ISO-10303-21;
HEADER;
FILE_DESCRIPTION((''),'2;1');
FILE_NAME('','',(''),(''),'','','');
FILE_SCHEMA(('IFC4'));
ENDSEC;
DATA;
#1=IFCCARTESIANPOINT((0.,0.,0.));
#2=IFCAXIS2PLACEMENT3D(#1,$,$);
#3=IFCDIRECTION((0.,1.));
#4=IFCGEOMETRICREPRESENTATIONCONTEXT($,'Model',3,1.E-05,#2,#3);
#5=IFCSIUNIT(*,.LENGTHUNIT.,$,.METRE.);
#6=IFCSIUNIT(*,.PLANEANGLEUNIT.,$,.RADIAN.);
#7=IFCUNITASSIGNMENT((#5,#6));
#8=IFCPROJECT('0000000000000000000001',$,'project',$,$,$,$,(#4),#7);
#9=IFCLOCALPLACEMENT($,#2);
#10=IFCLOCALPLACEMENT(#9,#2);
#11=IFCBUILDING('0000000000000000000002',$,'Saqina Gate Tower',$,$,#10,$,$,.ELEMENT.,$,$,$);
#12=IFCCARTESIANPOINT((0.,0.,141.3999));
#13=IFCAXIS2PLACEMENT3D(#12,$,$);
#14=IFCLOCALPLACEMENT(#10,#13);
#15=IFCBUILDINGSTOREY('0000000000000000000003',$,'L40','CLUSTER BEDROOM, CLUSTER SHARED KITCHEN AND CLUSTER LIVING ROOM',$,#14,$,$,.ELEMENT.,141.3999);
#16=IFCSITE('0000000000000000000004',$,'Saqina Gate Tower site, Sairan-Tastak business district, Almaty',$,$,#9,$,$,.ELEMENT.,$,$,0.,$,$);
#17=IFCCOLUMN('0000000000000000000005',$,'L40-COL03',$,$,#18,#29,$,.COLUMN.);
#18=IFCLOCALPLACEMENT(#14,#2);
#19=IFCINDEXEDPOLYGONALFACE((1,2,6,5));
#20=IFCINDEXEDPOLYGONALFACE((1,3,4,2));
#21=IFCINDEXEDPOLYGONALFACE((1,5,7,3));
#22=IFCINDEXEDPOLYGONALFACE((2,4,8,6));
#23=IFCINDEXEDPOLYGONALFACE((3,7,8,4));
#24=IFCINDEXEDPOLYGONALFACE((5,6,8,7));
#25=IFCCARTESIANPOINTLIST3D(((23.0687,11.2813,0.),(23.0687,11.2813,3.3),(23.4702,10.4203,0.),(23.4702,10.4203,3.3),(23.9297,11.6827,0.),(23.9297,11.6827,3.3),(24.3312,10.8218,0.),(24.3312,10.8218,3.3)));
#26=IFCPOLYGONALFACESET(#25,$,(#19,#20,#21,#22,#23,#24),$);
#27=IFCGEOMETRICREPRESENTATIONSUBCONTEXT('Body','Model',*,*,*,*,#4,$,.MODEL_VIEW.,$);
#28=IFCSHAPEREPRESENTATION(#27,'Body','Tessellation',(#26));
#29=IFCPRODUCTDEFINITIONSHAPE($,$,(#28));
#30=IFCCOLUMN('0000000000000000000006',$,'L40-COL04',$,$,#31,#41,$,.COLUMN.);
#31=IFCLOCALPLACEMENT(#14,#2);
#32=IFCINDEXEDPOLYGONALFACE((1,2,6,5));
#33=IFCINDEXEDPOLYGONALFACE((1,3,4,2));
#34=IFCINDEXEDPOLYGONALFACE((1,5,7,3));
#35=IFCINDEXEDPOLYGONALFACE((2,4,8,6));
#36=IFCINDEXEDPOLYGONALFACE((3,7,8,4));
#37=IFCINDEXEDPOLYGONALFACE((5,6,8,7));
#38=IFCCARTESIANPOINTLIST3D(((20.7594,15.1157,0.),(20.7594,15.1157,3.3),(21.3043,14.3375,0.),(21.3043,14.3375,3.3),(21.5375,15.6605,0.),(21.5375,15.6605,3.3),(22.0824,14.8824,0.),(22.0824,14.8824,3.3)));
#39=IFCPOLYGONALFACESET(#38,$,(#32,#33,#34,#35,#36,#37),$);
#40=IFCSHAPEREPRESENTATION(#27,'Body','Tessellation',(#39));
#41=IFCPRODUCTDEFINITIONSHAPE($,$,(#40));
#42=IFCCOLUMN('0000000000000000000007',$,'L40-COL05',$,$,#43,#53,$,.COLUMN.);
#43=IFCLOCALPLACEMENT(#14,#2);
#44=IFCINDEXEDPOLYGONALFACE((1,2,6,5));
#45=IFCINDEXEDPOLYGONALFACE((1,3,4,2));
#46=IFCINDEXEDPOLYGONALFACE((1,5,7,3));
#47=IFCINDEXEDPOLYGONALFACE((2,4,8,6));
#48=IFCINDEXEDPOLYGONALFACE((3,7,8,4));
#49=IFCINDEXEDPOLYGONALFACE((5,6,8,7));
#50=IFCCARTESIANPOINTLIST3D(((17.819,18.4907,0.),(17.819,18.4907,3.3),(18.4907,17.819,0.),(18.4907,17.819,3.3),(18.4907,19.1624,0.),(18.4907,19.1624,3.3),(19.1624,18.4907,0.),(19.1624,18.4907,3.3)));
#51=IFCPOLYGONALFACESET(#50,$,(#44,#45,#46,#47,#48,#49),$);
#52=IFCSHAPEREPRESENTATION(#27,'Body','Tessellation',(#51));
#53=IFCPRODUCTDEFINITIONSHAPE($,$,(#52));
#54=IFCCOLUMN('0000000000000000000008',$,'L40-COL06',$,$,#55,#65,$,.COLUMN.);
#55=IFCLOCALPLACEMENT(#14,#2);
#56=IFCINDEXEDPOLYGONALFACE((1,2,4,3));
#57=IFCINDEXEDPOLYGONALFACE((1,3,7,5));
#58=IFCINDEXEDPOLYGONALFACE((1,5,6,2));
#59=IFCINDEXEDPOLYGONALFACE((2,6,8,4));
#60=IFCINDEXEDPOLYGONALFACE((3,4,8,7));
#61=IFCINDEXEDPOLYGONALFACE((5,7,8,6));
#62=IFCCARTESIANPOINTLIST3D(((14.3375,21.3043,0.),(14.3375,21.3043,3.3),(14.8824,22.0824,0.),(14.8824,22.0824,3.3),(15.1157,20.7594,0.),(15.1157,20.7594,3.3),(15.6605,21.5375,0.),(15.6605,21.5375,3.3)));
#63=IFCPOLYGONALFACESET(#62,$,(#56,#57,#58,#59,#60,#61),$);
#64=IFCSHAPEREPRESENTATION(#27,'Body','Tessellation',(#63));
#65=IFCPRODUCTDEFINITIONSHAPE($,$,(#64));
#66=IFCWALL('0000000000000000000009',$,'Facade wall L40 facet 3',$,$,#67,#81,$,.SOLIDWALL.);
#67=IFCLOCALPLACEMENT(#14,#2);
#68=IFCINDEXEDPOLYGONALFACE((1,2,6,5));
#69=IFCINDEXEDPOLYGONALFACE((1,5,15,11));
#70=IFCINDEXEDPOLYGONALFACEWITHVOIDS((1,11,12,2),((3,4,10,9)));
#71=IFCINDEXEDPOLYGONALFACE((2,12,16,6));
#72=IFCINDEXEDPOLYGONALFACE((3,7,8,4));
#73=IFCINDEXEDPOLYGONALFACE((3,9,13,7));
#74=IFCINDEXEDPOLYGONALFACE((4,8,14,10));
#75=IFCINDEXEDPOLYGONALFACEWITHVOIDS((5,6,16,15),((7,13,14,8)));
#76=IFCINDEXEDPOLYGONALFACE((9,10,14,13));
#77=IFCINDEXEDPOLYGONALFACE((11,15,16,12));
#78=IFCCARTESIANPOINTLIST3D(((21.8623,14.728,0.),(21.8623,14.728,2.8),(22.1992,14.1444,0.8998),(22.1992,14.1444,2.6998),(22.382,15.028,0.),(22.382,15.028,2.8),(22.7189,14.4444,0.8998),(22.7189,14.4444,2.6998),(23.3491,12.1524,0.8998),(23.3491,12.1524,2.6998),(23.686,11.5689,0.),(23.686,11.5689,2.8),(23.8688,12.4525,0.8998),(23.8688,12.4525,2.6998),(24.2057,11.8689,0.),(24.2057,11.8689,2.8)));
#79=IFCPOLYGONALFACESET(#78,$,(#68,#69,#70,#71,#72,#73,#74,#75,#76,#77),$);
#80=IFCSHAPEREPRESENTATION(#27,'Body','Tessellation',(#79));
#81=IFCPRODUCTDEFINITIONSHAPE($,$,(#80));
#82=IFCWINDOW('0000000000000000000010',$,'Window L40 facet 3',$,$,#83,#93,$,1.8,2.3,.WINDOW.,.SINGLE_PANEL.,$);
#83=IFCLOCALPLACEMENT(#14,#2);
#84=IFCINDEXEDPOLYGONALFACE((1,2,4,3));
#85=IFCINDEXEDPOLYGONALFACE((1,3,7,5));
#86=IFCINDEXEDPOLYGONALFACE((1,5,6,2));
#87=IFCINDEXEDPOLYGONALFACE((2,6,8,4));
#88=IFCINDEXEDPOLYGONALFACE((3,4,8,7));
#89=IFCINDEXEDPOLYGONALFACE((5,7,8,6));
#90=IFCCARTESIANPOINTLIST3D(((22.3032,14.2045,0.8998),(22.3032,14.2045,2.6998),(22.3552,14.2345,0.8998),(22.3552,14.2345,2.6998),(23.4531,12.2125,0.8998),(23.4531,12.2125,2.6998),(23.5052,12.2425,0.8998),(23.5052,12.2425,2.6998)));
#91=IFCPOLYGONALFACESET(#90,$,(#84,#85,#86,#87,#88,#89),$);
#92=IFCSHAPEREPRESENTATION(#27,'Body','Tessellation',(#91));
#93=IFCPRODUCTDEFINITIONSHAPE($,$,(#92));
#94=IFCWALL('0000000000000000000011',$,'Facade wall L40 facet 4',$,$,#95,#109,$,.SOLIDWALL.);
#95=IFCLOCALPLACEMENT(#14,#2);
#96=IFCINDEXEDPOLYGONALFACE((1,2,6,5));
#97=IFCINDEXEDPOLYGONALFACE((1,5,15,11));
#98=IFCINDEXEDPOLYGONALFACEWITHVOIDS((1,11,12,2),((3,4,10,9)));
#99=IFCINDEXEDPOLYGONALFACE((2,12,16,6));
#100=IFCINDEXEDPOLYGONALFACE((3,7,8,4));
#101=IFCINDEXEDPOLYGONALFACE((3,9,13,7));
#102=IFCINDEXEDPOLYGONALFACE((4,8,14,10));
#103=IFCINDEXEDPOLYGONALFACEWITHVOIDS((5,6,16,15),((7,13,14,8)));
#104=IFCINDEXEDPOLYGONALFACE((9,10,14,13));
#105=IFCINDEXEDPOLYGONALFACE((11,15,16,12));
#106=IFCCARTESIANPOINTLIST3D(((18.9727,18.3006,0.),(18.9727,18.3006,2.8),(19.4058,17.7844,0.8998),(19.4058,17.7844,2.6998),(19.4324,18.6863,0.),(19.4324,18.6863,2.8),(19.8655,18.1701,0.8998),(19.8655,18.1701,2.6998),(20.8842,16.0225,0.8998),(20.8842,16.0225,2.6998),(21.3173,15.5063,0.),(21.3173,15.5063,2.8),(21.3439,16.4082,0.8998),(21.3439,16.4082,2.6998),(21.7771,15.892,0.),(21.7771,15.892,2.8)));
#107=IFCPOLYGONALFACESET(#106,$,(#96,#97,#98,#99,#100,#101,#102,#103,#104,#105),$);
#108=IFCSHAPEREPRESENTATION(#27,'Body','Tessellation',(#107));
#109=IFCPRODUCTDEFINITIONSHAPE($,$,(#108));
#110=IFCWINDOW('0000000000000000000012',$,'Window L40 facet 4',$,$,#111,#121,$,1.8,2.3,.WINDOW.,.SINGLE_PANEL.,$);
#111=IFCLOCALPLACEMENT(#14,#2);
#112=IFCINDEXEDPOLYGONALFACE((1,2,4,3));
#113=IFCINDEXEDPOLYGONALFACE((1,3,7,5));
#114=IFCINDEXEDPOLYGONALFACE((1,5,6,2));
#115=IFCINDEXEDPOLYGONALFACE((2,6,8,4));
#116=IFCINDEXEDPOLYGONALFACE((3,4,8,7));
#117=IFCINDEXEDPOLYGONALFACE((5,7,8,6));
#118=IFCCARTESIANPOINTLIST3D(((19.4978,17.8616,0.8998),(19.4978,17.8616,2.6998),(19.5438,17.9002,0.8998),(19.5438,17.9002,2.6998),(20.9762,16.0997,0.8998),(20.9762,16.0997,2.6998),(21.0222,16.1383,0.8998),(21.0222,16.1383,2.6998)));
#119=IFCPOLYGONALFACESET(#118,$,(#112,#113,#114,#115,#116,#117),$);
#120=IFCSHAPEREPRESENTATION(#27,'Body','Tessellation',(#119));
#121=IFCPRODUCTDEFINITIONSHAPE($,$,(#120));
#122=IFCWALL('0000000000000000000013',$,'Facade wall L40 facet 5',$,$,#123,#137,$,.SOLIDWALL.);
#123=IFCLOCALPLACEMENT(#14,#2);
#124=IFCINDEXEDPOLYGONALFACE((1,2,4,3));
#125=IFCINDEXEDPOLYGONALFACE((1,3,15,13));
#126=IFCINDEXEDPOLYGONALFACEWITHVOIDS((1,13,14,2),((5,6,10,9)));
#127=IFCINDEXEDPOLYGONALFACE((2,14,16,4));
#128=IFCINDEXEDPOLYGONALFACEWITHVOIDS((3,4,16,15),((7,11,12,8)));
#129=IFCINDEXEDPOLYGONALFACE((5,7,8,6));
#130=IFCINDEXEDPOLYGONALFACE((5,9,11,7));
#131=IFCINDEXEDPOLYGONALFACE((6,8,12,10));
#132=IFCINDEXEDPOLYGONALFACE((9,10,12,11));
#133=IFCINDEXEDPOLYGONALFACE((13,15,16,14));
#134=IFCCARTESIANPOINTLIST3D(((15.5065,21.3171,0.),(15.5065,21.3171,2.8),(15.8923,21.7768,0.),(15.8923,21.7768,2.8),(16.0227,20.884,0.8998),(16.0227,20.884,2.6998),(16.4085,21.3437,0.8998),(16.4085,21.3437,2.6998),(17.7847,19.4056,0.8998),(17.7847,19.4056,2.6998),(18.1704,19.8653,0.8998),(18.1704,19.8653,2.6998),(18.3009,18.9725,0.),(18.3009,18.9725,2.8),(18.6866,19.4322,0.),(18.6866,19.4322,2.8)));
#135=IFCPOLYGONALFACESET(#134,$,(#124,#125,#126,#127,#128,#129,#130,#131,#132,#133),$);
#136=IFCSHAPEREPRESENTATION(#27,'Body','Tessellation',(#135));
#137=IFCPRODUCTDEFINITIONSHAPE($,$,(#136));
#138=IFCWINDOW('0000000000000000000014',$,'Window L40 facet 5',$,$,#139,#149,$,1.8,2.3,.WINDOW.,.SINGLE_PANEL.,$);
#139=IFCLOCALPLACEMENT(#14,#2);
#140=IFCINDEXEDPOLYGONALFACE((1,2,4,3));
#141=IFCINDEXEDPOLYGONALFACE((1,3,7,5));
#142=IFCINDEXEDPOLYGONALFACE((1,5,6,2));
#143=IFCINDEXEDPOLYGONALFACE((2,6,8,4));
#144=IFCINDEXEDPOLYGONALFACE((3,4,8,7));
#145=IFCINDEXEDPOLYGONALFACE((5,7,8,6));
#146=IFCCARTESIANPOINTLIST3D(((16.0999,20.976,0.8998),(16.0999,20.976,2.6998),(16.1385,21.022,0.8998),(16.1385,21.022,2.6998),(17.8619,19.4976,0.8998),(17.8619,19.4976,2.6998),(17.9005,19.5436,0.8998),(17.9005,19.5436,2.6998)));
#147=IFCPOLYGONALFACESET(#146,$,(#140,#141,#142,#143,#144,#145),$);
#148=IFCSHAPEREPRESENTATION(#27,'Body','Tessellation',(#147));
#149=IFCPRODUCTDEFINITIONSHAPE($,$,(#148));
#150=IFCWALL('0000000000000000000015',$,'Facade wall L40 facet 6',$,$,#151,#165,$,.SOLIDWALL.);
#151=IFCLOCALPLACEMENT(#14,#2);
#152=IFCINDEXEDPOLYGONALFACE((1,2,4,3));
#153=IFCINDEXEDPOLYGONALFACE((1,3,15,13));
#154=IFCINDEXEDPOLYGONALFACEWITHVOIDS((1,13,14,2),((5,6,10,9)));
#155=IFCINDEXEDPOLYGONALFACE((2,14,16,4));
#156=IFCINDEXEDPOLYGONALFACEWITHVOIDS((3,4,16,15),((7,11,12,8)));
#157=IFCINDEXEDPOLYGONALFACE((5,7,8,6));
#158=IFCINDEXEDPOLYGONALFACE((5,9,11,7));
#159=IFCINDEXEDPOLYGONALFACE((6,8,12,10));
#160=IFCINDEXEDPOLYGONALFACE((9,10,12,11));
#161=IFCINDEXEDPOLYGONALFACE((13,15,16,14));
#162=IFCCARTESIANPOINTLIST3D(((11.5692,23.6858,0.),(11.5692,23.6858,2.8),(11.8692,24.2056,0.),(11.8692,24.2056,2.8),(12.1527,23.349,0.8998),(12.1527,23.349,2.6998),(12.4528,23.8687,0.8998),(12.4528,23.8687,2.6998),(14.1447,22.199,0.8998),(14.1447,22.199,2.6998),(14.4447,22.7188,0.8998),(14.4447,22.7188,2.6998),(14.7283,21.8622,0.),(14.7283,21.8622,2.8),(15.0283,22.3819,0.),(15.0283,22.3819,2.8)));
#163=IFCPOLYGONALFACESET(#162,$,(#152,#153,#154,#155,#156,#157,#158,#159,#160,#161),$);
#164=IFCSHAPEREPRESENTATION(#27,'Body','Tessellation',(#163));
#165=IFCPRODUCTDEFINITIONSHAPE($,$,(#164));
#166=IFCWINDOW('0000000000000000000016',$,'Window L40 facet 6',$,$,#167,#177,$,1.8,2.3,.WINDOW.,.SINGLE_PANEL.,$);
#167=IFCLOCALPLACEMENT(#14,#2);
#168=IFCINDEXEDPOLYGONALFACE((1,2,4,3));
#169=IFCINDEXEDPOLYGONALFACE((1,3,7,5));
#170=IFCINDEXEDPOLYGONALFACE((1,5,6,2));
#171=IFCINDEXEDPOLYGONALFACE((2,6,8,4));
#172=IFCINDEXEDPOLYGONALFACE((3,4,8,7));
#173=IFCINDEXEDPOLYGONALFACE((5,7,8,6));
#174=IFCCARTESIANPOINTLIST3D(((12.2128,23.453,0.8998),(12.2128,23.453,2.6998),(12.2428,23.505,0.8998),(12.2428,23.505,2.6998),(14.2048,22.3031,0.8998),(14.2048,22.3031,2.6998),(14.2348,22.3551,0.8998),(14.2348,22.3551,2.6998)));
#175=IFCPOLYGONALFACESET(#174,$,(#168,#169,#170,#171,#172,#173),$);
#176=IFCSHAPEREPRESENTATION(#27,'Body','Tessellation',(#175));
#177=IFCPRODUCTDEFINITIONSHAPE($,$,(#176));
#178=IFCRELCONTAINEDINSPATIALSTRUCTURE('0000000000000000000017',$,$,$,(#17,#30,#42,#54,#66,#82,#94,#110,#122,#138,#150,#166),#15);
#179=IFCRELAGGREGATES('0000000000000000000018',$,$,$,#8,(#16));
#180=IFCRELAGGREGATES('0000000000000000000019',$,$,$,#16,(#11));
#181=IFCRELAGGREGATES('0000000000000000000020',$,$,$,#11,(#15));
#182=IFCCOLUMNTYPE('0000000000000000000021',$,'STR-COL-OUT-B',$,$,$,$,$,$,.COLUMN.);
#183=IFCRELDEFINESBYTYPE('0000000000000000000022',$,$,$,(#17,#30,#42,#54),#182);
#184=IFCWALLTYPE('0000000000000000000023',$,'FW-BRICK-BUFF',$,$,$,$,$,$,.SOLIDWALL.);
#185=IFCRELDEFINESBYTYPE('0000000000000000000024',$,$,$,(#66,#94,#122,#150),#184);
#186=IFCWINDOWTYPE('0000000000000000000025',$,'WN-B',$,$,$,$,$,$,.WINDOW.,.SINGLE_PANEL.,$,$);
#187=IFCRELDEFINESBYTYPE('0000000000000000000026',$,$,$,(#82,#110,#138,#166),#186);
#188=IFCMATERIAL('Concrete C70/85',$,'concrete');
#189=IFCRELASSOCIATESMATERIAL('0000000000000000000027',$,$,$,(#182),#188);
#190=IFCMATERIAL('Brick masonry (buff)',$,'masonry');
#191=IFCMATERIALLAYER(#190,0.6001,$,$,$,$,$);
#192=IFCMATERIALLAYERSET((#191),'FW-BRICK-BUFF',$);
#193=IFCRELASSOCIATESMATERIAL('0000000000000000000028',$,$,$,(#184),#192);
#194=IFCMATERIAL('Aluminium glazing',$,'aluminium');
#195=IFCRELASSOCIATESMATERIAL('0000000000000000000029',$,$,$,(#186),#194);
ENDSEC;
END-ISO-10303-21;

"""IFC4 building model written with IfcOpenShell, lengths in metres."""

from ifc_helpers import new_model, si_unit, direction, frame, frame_2d, origin, origin_2d, place, context, subcontext, project, spatial, rectangle, extrude, material, layer, layer_set, material_profile, profile_set, type_object, element, fill, save


model = new_model("IFC4")

# Units and contexts
model_context = context("Model", 3, precision=1e-05, world=origin(), true_north=direction((0.0, 1.0)))
body_context = subcontext(model_context, "Body", "Model", "MODEL_VIEW")
ifc_project = project(units=[si_unit("LENGTHUNIT", "METRE"), si_unit("PLANEANGLEUNIT", "RADIAN")], contexts=[model_context])

# Site, building, storey
site_placement = place(None, origin())
site = spatial("IfcSite", under=ifc_project, at=site_placement, Name="Saqina Gate Tower site, Sairan-Tastak business district, Almaty", CompositionType="ELEMENT", RefElevation=0.0)
building_placement = place(site_placement, origin())
building = spatial("IfcBuilding", under=site, at=building_placement, Name="Saqina Gate Tower", CompositionType="ELEMENT")
storey_placement = place(building_placement, frame((0.0, 0.0, 141.3999)))
storey = spatial("IfcBuildingStorey", under=building, at=storey_placement, Name="L40", Description="CLUSTER BEDROOM, CLUSTER SHARED KITCHEN AND CLUSTER LIVING ROOM", CompositionType="ELEMENT", Elevation=141.3999)

# Columns
ifc_material_1 = material(Name="Concrete C70/85", Category="concrete")
ifc_material_profile = material_profile(ifc_material_1, rectangle(XDim=0.95, YDim=0.95, at=origin_2d()), Name="RC 950x950")
ifc_profile_set = profile_set([ifc_material_profile], Name="Concrete C70/85")
column_type = type_object("IfcColumnType", Name="STR-COL-OUT-B", PredefinedType="COLUMN", material=ifc_profile_set)
for number, where, z_axis, x_axis, name in (
    (1, (23.7, 11.0515, 0.0), (0.0, 0.0, 1.0), (0.906308, 0.422618, 0.0), "L40-COL03"),
    (2, (21.4209, 14.999, 0.0), (0.0, 0.0, 1.0), (0.819152, 0.573576, 0.0), "L40-COL04"),
    (3, (18.4907, 18.4907, 0.0), (0.0, 0.0, 1.0), (0.707107, 0.707107, 0.0), "L40-COL05"),
    (4, (14.999, 21.4209, 0.0), (0.0, 0.0, 1.0), (0.573576, 0.819152, 0.0), "L40-COL06"),
):
    element("IfcColumn", number, at=place(storey_placement, frame(where, z_axis=z_axis, x_axis=x_axis)), inside=storey, type_object=column_type, Name=name, PredefinedType="COLUMN", context=body_context, shape_type="SweptSolid", body=[
        extrude(rectangle(XDim=0.95, YDim=0.95, at=origin_2d()), origin(), (0.0, 0.0, 1.0), 3.3),
    ])

# Walls, openings, windows
ifc_material_2 = material(Name="Brick masonry (buff)", Category="masonry")
ifc_layer_1 = layer(ifc_material_2, 0.6001)
ifc_layer_set_1 = layer_set([ifc_layer_1], Name="FW-BRICK-BUFF")
wall_type_1 = type_object("IfcWallType", Name="FW-BRICK-BUFF", PredefinedType="SOLIDWALL", material=ifc_layer_set_1)
wall_1_placement = place(storey_placement, frame((23.9458, 11.719, 0.0), z_axis=(0.0, 0.0, 1.0), x_axis=(-0.499954, 0.866052, 0.0)))
wall_1 = element("IfcWall", 5, at=wall_1_placement, inside=storey, type_object=wall_type_1, Name="Facade wall L40 facet 3", PredefinedType="SOLIDWALL", context=body_context, shape_type="SweptSolid", body=[
    extrude(rectangle(XDim=3.6477, YDim=0.6001, at=frame_2d((1.8237, 0.0))), origin(), (0.0, 0.0, 1.0), 2.8),
])
opening_1_placement = place(wall_1_placement, frame((0.6738, 0.0, 0.8999)))
opening_1 = element("IfcOpeningElement", 6, at=opening_1_placement, cuts=wall_1, PredefinedType="OPENING", context=body_context, shape_type="SweptSolid", body=[
    extrude(rectangle(XDim=2.3, YDim=1.8, at=frame_2d((1.1499, 0.8999))), frame((0.0, 0.312, 0.0), z_axis=(0.0, -1.0, 0.0), x_axis=(1.0, 0.0, 0.0)), (0.0, 0.0, 1.0), 0.624),
])
ifc_material_3 = material(Name="Aluminium glazing", Category="aluminium")
window_type = type_object("IfcWindowType", Name="WN-B", PartitioningType="SINGLE_PANEL", PredefinedType="WINDOW", material=ifc_material_3)
window_1_placement = place(opening_1_placement, origin())
window_1 = element("IfcWindow", 7, at=window_1_placement, inside=storey, type_object=window_type, Name="Window L40 facet 3", OverallHeight=1.8, OverallWidth=2.3, PartitioningType="SINGLE_PANEL", PredefinedType="WINDOW", context=body_context, shape_type="SweptSolid", body=[
    extrude(rectangle(XDim=2.3, YDim=1.8, at=frame_2d((1.1499, 0.8999))), frame((0.0, 0.1799, 0.0), z_axis=(0.0, -1.0, 0.0), x_axis=(1.0, 0.0, 0.0)), (0.0, 0.0, 1.0), 0.0601),
])
fill(opening_1, window_1)
wall_2_placement = place(storey_placement, frame((21.5471, 15.6992, 0.0), z_axis=(0.0, 0.0, 1.0), x_axis=(-0.642774, 0.766055, 0.0)))
wall_2 = element("IfcWall", 8, at=wall_2_placement, inside=storey, type_object=wall_type_1, Name="Facade wall L40 facet 4", PredefinedType="SOLIDWALL", context=body_context, shape_type="SweptSolid", body=[
    extrude(rectangle(XDim=3.6477, YDim=0.6001, at=frame_2d((1.8237, 0.0))), origin(), (0.0, 0.0, 1.0), 2.8),
])
opening_2_placement = place(wall_2_placement, frame((0.6738, 0.0, 0.8999)))
opening_2 = element("IfcOpeningElement", 9, at=opening_2_placement, cuts=wall_2, PredefinedType="OPENING", context=body_context, shape_type="SweptSolid", body=[
    extrude(rectangle(XDim=2.3, YDim=1.8, at=frame_2d((1.1499, 0.8999))), frame((0.0, 0.312, 0.0), z_axis=(0.0, -1.0, 0.0), x_axis=(1.0, 0.0, 0.0)), (0.0, 0.0, 1.0), 0.624),
])
window_2_placement = place(opening_2_placement, origin())
window_2 = element("IfcWindow", 10, at=window_2_placement, inside=storey, type_object=window_type, Name="Window L40 facet 4", OverallHeight=1.8, OverallWidth=2.3, PartitioningType="SINGLE_PANEL", PredefinedType="WINDOW", context=body_context, shape_type="SweptSolid", body=[
    extrude(rectangle(XDim=2.3, YDim=1.8, at=frame_2d((1.1499, 0.8999))), frame((0.0, 0.1799, 0.0), z_axis=(0.0, -1.0, 0.0), x_axis=(1.0, 0.0, 0.0)), (0.0, 0.0, 1.0), 0.0601),
])
fill(opening_2, window_2)
wall_3_placement = place(storey_placement, frame((18.4937, 19.2024, 0.0), z_axis=(0.0, 0.0, 1.0), x_axis=(-0.766055, 0.642774, 0.0)))
wall_3 = element("IfcWall", 11, at=wall_3_placement, inside=storey, type_object=wall_type_1, Name="Facade wall L40 facet 5", PredefinedType="SOLIDWALL", context=body_context, shape_type="SweptSolid", body=[
    extrude(rectangle(XDim=3.6477, YDim=0.6001, at=frame_2d((1.8237, 0.0))), origin(), (0.0, 0.0, 1.0), 2.8),
])
opening_3_placement = place(wall_3_placement, frame((0.6738, 0.0, 0.8999)))
opening_3 = element("IfcOpeningElement", 12, at=opening_3_placement, cuts=wall_3, PredefinedType="OPENING", context=body_context, shape_type="SweptSolid", body=[
    extrude(rectangle(XDim=2.3, YDim=1.8, at=frame_2d((1.1499, 0.8999))), frame((0.0, 0.312, 0.0), z_axis=(0.0, -1.0, 0.0), x_axis=(1.0, 0.0, 0.0)), (0.0, 0.0, 1.0), 0.624),
])
window_3_placement = place(opening_3_placement, origin())
window_3 = element("IfcWindow", 13, at=window_3_placement, inside=storey, type_object=window_type, Name="Window L40 facet 5", OverallHeight=1.8, OverallWidth=2.3, PartitioningType="SINGLE_PANEL", PredefinedType="WINDOW", context=body_context, shape_type="SweptSolid", body=[
    extrude(rectangle(XDim=2.3, YDim=1.8, at=frame_2d((1.1499, 0.8999))), frame((0.0, 0.1799, 0.0), z_axis=(0.0, -1.0, 0.0), x_axis=(1.0, 0.0, 0.0)), (0.0, 0.0, 1.0), 0.0601),
])
fill(opening_3, window_3)
wall_4_placement = place(storey_placement, frame((14.8782, 22.1221, 0.0), z_axis=(0.0, 0.0, 1.0), x_axis=(-0.866052, 0.499954, 0.0)))
wall_4 = element("IfcWall", 14, at=wall_4_placement, inside=storey, type_object=wall_type_1, Name="Facade wall L40 facet 6", PredefinedType="SOLIDWALL", context=body_context, shape_type="SweptSolid", body=[
    extrude(rectangle(XDim=3.6477, YDim=0.6001, at=frame_2d((1.8237, 0.0))), origin(), (0.0, 0.0, 1.0), 2.8),
])
opening_4_placement = place(wall_4_placement, frame((0.6738, 0.0, 0.8999)))
opening_4 = element("IfcOpeningElement", 15, at=opening_4_placement, cuts=wall_4, PredefinedType="OPENING", context=body_context, shape_type="SweptSolid", body=[
    extrude(rectangle(XDim=2.3, YDim=1.8, at=frame_2d((1.1499, 0.8999))), frame((0.0, 0.312, 0.0), z_axis=(0.0, -1.0, 0.0), x_axis=(1.0, 0.0, 0.0)), (0.0, 0.0, 1.0), 0.624),
])
window_4_placement = place(opening_4_placement, origin())
window_4 = element("IfcWindow", 16, at=window_4_placement, inside=storey, type_object=window_type, Name="Window L40 facet 6", OverallHeight=1.8, OverallWidth=2.3, PartitioningType="SINGLE_PANEL", PredefinedType="WINDOW", context=body_context, shape_type="SweptSolid", body=[
    extrude(rectangle(XDim=2.3, YDim=1.8, at=frame_2d((1.1499, 0.8999))), frame((0.0, 0.1799, 0.0), z_axis=(0.0, -1.0, 0.0), x_axis=(1.0, 0.0, 0.0)), (0.0, 0.0, 1.0), 0.0601),
])
fill(opening_4, window_4)

save(model, "model.ifc")
